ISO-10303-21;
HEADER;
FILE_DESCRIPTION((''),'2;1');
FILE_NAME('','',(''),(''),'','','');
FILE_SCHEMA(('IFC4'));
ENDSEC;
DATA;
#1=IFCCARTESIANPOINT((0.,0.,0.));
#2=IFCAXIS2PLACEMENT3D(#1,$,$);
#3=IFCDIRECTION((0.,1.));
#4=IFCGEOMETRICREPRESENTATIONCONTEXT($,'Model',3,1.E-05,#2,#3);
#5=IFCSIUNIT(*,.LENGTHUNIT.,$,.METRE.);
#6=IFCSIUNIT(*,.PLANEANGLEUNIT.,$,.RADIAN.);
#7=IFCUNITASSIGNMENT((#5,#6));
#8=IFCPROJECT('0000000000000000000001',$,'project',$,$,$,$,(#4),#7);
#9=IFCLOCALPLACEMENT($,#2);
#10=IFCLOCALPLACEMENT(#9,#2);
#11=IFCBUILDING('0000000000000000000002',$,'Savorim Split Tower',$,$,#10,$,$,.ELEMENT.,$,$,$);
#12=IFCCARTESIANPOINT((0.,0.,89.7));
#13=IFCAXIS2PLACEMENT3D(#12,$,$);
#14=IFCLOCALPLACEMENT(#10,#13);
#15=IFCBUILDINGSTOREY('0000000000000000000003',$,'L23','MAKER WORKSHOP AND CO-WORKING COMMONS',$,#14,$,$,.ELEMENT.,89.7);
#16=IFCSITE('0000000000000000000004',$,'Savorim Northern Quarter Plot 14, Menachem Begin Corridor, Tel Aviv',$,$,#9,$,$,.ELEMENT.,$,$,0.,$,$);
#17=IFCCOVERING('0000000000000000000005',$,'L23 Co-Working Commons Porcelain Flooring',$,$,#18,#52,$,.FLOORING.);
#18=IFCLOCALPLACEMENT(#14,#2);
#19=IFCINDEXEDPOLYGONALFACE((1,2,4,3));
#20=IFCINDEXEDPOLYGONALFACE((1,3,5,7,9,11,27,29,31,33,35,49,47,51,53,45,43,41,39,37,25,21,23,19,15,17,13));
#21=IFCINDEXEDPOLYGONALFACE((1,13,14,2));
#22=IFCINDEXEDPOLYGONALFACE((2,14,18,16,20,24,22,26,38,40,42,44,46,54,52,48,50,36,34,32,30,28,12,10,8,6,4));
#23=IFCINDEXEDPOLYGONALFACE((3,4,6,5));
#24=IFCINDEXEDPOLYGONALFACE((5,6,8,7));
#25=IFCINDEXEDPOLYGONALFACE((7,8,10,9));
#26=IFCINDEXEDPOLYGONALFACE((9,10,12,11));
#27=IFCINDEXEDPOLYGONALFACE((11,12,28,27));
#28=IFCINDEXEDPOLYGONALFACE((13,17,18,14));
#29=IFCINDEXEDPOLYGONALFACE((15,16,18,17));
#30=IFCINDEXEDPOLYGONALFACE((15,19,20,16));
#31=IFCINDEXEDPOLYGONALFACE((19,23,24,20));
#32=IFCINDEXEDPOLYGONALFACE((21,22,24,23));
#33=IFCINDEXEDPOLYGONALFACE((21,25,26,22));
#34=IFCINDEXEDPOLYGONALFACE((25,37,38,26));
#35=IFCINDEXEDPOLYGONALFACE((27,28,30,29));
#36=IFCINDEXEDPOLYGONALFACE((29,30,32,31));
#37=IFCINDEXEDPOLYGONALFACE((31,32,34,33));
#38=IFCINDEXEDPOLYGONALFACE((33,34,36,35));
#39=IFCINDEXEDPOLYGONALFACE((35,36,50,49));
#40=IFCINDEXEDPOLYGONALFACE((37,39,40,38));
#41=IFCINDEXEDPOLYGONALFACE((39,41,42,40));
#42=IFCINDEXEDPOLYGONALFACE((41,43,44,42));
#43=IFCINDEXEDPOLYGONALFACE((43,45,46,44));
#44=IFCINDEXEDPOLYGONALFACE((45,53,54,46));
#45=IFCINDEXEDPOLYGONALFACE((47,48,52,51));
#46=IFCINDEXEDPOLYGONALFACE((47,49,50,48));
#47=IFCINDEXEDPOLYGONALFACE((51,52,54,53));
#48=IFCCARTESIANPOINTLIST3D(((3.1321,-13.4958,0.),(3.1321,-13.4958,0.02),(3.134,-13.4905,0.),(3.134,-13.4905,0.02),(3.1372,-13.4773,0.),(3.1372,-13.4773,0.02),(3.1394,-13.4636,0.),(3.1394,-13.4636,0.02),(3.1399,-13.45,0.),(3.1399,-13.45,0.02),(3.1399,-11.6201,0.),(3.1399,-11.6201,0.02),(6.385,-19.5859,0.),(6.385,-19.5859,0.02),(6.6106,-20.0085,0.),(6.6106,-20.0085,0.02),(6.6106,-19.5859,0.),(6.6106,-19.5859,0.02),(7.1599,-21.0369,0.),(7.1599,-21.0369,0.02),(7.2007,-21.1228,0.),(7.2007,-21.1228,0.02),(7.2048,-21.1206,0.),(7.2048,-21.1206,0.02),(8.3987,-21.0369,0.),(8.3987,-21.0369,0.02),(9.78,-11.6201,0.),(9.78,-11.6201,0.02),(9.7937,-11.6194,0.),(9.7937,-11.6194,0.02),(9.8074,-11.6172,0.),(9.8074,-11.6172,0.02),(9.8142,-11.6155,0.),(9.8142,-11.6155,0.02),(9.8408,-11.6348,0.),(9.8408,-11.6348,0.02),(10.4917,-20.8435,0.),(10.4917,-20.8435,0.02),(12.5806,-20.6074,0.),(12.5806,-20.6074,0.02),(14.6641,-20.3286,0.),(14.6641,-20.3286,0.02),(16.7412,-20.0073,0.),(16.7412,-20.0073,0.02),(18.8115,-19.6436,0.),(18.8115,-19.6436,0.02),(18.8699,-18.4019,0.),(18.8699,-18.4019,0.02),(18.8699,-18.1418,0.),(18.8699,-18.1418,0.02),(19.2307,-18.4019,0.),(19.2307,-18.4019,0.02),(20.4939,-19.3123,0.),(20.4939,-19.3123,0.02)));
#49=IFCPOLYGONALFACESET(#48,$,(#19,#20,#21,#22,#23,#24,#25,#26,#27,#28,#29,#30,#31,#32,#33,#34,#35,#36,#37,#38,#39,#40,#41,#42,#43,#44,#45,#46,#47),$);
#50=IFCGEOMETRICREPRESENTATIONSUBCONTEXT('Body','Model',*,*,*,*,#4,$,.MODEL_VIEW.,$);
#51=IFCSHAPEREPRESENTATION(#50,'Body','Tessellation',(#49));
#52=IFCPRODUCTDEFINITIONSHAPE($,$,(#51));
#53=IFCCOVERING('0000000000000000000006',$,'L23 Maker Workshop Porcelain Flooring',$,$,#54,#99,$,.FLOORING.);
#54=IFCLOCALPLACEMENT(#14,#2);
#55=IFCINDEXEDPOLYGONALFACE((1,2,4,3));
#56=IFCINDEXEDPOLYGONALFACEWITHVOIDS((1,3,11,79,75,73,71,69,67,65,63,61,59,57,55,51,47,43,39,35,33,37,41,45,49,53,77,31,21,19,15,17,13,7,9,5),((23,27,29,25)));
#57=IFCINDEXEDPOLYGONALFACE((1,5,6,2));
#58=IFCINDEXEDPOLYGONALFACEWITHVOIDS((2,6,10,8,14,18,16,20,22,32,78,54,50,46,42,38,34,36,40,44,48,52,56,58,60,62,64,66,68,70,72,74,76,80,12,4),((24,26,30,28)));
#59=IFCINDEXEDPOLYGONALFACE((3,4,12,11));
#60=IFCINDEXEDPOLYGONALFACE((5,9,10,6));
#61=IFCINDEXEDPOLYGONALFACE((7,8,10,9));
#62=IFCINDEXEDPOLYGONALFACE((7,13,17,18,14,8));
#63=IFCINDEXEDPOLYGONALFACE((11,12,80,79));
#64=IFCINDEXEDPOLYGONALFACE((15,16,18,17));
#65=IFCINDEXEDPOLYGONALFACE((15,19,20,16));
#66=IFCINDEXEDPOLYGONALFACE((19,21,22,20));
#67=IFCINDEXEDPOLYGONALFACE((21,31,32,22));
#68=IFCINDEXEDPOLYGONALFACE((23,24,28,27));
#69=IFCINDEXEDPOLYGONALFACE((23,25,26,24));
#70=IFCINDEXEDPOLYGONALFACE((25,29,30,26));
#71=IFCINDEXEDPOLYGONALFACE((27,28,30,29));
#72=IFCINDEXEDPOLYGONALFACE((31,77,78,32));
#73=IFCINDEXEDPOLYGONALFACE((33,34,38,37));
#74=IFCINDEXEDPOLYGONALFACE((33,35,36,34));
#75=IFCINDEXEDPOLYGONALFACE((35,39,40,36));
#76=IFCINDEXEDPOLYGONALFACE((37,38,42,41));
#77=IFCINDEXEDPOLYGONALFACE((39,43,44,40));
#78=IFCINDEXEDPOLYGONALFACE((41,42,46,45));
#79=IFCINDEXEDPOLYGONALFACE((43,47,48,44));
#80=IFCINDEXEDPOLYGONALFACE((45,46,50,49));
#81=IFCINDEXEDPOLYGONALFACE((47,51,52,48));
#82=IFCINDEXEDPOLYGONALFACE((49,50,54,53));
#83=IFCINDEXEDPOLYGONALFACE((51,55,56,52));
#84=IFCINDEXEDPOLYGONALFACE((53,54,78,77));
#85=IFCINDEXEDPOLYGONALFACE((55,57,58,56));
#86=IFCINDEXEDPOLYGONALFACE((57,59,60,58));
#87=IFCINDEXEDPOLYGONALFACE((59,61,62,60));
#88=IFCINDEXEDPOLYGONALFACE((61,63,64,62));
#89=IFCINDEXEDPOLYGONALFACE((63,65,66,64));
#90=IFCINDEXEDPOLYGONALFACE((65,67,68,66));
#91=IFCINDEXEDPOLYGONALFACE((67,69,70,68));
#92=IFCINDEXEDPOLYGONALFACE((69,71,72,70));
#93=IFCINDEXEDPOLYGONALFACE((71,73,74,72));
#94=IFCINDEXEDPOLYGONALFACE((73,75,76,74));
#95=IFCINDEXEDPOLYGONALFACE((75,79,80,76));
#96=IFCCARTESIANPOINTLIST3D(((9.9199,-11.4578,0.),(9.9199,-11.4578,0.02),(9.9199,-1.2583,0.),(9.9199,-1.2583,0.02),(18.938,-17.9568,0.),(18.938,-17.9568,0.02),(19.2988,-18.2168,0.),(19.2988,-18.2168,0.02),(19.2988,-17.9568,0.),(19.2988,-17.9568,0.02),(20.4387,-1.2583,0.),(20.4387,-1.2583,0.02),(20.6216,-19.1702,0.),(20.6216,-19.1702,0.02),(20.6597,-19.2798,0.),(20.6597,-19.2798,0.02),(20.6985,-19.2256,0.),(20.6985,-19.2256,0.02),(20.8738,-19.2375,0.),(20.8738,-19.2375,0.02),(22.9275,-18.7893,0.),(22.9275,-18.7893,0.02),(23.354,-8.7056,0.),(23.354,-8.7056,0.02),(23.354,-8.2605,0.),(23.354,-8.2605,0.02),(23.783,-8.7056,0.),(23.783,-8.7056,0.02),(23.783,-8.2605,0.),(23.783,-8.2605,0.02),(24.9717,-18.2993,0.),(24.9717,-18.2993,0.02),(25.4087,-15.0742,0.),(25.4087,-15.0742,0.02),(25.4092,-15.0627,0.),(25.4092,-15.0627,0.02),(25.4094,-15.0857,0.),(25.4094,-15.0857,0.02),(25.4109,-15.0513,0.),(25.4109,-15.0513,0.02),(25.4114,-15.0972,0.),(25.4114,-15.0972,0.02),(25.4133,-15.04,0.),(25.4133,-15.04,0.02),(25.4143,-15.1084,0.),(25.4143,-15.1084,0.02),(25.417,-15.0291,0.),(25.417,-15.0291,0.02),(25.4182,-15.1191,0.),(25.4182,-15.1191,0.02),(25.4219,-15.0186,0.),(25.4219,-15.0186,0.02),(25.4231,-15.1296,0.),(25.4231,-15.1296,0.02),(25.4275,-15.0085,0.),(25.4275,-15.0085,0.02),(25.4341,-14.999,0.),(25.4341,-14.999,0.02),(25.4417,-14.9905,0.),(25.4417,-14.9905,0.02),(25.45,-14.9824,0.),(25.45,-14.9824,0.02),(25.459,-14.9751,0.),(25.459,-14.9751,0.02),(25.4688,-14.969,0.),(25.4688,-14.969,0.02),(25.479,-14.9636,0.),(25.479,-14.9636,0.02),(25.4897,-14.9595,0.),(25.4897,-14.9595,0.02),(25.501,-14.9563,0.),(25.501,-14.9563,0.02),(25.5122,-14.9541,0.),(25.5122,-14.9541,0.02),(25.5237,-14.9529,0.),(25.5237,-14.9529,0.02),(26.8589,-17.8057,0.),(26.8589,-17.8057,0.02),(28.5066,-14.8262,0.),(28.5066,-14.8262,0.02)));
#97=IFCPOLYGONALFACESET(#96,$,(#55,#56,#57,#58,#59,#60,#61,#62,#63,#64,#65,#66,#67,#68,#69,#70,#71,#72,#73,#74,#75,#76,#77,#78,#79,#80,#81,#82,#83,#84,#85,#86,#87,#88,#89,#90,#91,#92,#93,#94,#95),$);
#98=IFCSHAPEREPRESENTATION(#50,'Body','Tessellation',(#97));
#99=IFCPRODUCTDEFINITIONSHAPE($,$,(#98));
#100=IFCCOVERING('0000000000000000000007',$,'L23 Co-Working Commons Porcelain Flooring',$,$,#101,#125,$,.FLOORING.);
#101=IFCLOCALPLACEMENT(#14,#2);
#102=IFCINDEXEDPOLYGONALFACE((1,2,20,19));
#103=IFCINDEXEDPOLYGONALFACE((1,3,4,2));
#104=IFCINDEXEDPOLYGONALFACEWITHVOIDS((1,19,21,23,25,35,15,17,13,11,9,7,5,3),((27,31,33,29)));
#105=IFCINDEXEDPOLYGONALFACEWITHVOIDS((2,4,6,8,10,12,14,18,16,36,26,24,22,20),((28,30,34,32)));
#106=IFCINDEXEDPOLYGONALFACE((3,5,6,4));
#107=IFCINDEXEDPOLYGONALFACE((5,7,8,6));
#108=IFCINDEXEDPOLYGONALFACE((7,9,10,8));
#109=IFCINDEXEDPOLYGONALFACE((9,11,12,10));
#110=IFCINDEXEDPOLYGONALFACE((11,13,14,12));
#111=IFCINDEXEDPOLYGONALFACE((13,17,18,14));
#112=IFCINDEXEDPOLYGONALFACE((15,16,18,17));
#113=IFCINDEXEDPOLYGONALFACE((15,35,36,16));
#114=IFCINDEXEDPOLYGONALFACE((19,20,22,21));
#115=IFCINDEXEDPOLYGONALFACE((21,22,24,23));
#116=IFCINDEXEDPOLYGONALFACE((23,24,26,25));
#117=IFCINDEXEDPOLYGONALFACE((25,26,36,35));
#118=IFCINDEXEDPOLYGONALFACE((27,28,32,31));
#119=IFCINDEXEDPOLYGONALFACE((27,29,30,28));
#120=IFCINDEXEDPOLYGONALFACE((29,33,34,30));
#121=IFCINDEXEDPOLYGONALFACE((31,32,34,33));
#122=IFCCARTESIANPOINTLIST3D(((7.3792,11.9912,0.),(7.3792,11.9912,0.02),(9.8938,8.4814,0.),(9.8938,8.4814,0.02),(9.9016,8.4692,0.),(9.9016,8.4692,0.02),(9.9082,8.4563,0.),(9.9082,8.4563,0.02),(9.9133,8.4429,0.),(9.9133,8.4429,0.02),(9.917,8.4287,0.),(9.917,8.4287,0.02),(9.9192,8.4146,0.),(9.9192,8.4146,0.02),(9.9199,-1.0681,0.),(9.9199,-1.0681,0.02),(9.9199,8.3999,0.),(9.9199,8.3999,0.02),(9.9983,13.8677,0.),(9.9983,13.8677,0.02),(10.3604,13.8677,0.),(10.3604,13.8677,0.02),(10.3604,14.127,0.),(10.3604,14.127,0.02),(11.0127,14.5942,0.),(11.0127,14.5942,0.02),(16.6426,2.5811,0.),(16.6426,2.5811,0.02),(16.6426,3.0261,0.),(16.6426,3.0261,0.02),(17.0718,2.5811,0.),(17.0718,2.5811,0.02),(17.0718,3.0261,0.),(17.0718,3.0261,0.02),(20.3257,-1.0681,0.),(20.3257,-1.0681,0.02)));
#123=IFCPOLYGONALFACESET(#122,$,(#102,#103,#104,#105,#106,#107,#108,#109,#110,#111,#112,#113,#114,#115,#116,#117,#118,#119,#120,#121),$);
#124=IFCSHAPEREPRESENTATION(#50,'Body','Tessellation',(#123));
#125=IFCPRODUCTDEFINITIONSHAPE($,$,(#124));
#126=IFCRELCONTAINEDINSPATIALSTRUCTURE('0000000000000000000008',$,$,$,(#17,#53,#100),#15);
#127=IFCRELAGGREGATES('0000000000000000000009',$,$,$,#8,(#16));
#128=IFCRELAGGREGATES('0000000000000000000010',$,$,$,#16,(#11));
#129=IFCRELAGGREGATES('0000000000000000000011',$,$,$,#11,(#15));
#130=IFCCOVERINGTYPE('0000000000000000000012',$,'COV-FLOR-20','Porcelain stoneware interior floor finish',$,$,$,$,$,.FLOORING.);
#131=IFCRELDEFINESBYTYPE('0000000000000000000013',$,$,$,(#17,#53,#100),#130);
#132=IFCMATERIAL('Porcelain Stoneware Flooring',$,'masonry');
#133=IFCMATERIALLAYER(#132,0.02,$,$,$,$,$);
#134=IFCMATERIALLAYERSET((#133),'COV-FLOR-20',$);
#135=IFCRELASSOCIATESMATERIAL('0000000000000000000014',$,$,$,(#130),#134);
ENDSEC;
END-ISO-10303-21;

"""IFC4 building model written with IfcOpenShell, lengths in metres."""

from ifc_helpers import new_model, si_unit, direction, frame, origin, place, context, subcontext, project, spatial, polyline, outline, extrude, material, layer, layer_set, type_object, element, save


model = new_model("IFC4")

# Units and contexts
model_context = context("Model", 3, precision=1e-05, world=origin(), true_north=direction((0.0, 1.0)))
body_context = subcontext(model_context, "Body", "Model", "MODEL_VIEW")
ifc_project = project(units=[si_unit("LENGTHUNIT", "METRE"), si_unit("PLANEANGLEUNIT", "RADIAN")], contexts=[model_context])

# Site, building, storey
site_placement = place(None, origin())
site = spatial("IfcSite", under=ifc_project, at=site_placement, Name="Savorim Northern Quarter Plot 14, Menachem Begin Corridor, Tel Aviv", CompositionType="ELEMENT", RefElevation=0.0)
building_placement = place(site_placement, origin())
building = spatial("IfcBuilding", under=site, at=building_placement, Name="Savorim Split Tower", CompositionType="ELEMENT")
storey_placement = place(building_placement, frame((0.0, 0.0, 89.7)))
storey = spatial("IfcBuildingStorey", under=building, at=storey_placement, Name="L23", Description="MAKER WORKSHOP AND CO-WORKING COMMONS", CompositionType="ELEMENT", Elevation=89.7)

# Coverings
ifc_material_1 = material(Name="Porcelain Stoneware Flooring", Category="masonry")
ifc_layer_1 = layer(ifc_material_1, 0.02)
ifc_layer_set_1 = layer_set([ifc_layer_1], Name="COV-FLOR-20")
covering_type_1 = type_object("IfcCoveringType", Name="COV-FLOR-20", Description="Porcelain stoneware interior floor finish", PredefinedType="FLOORING", material=ifc_layer_set_1)
covering_1_placement = place(storey_placement, origin())
element("IfcCovering", 1, at=covering_1_placement, inside=storey, type_object=covering_type_1, Name="L23 Co-Working Commons Porcelain Flooring", PredefinedType="FLOORING", context=body_context, shape_type="SweptSolid", body=[
    extrude(outline(polyline([(12.5806, -20.6074), (14.6641, -20.3286), (16.7412, -20.0073), (18.8115, -19.6436), (20.4939, -19.3123), (19.2307, -18.4019), (18.8699, -18.4019), (18.8699, -18.1418), (9.8408, -11.6348), (9.8142, -11.6155), (9.8074, -11.6172), (9.7937, -11.6194), (9.78, -11.6201), (3.1399, -11.6201), (3.1399, -13.45), (3.1394, -13.4636), (3.1372, -13.4773), (3.134, -13.4905), (3.1321, -13.4958), (6.385, -19.5859), (6.6106, -19.5859), (6.6106, -20.0085), (7.1599, -21.0369), (7.2048, -21.1206), (7.2007, -21.1228), (8.3987, -21.0369), (10.4917, -20.8435), (12.5806, -20.6074)])), origin(), (0.0, 0.0, 1.0), 0.02),
])
covering_2_placement = place(storey_placement, origin())
element("IfcCovering", 2, at=covering_2_placement, inside=storey, type_object=covering_type_1, Name="L23 Maker Workshop Porcelain Flooring", PredefinedType="FLOORING", context=body_context, shape_type="SweptSolid", body=[
    extrude(outline(polyline([(25.501, -14.9563), (25.5122, -14.9541), (25.5237, -14.9529), (28.5066, -14.8262), (20.4387, -1.2583), (9.9199, -1.2583), (9.9199, -11.4578), (18.938, -17.9568), (19.2988, -17.9568), (19.2988, -18.2168), (20.6216, -19.1702), (20.6985, -19.2256), (20.6597, -19.2798), (20.8738, -19.2375), (22.9275, -18.7893), (24.9717, -18.2993), (26.8589, -17.8057), (25.4231, -15.1296), (25.4182, -15.1191), (25.4143, -15.1084), (25.4114, -15.0972), (25.4094, -15.0857), (25.4087, -15.0742), (25.4092, -15.0627), (25.4109, -15.0513), (25.4133, -15.04), (25.417, -15.0291), (25.4219, -15.0186), (25.4275, -15.0085), (25.4341, -14.999), (25.4417, -14.9905), (25.45, -14.9824), (25.459, -14.9751), (25.4688, -14.969), (25.479, -14.9636), (25.4897, -14.9595), (25.501, -14.9563)]), holes=[polyline([(23.783, -8.7056), (23.783, -8.2605), (23.354, -8.2605), (23.354, -8.7056), (23.783, -8.7056)])]), origin(), (0.0, 0.0, 1.0), 0.02),
])
covering_3_placement = place(storey_placement, origin())
element("IfcCovering", 3, at=covering_3_placement, inside=storey, type_object=covering_type_1, Name="L23 Co-Working Commons Porcelain Flooring", PredefinedType="FLOORING", context=body_context, shape_type="SweptSolid", body=[
    extrude(outline(polyline([(9.917, 8.4287), (9.9192, 8.4146), (9.9199, 8.3999), (9.9199, -1.0681), (20.3257, -1.0681), (11.0127, 14.5942), (10.3604, 14.127), (10.3604, 13.8677), (9.9983, 13.8677), (7.3792, 11.9912), (9.8938, 8.4814), (9.9016, 8.4692), (9.9082, 8.4563), (9.9133, 8.4429), (9.917, 8.4287)]), holes=[polyline([(17.0718, 2.5811), (17.0718, 3.0261), (16.6426, 3.0261), (16.6426, 2.5811), (17.0718, 2.5811)])]), origin(), (0.0, 0.0, 1.0), 0.02),
])

save(model, "model.ifc")
